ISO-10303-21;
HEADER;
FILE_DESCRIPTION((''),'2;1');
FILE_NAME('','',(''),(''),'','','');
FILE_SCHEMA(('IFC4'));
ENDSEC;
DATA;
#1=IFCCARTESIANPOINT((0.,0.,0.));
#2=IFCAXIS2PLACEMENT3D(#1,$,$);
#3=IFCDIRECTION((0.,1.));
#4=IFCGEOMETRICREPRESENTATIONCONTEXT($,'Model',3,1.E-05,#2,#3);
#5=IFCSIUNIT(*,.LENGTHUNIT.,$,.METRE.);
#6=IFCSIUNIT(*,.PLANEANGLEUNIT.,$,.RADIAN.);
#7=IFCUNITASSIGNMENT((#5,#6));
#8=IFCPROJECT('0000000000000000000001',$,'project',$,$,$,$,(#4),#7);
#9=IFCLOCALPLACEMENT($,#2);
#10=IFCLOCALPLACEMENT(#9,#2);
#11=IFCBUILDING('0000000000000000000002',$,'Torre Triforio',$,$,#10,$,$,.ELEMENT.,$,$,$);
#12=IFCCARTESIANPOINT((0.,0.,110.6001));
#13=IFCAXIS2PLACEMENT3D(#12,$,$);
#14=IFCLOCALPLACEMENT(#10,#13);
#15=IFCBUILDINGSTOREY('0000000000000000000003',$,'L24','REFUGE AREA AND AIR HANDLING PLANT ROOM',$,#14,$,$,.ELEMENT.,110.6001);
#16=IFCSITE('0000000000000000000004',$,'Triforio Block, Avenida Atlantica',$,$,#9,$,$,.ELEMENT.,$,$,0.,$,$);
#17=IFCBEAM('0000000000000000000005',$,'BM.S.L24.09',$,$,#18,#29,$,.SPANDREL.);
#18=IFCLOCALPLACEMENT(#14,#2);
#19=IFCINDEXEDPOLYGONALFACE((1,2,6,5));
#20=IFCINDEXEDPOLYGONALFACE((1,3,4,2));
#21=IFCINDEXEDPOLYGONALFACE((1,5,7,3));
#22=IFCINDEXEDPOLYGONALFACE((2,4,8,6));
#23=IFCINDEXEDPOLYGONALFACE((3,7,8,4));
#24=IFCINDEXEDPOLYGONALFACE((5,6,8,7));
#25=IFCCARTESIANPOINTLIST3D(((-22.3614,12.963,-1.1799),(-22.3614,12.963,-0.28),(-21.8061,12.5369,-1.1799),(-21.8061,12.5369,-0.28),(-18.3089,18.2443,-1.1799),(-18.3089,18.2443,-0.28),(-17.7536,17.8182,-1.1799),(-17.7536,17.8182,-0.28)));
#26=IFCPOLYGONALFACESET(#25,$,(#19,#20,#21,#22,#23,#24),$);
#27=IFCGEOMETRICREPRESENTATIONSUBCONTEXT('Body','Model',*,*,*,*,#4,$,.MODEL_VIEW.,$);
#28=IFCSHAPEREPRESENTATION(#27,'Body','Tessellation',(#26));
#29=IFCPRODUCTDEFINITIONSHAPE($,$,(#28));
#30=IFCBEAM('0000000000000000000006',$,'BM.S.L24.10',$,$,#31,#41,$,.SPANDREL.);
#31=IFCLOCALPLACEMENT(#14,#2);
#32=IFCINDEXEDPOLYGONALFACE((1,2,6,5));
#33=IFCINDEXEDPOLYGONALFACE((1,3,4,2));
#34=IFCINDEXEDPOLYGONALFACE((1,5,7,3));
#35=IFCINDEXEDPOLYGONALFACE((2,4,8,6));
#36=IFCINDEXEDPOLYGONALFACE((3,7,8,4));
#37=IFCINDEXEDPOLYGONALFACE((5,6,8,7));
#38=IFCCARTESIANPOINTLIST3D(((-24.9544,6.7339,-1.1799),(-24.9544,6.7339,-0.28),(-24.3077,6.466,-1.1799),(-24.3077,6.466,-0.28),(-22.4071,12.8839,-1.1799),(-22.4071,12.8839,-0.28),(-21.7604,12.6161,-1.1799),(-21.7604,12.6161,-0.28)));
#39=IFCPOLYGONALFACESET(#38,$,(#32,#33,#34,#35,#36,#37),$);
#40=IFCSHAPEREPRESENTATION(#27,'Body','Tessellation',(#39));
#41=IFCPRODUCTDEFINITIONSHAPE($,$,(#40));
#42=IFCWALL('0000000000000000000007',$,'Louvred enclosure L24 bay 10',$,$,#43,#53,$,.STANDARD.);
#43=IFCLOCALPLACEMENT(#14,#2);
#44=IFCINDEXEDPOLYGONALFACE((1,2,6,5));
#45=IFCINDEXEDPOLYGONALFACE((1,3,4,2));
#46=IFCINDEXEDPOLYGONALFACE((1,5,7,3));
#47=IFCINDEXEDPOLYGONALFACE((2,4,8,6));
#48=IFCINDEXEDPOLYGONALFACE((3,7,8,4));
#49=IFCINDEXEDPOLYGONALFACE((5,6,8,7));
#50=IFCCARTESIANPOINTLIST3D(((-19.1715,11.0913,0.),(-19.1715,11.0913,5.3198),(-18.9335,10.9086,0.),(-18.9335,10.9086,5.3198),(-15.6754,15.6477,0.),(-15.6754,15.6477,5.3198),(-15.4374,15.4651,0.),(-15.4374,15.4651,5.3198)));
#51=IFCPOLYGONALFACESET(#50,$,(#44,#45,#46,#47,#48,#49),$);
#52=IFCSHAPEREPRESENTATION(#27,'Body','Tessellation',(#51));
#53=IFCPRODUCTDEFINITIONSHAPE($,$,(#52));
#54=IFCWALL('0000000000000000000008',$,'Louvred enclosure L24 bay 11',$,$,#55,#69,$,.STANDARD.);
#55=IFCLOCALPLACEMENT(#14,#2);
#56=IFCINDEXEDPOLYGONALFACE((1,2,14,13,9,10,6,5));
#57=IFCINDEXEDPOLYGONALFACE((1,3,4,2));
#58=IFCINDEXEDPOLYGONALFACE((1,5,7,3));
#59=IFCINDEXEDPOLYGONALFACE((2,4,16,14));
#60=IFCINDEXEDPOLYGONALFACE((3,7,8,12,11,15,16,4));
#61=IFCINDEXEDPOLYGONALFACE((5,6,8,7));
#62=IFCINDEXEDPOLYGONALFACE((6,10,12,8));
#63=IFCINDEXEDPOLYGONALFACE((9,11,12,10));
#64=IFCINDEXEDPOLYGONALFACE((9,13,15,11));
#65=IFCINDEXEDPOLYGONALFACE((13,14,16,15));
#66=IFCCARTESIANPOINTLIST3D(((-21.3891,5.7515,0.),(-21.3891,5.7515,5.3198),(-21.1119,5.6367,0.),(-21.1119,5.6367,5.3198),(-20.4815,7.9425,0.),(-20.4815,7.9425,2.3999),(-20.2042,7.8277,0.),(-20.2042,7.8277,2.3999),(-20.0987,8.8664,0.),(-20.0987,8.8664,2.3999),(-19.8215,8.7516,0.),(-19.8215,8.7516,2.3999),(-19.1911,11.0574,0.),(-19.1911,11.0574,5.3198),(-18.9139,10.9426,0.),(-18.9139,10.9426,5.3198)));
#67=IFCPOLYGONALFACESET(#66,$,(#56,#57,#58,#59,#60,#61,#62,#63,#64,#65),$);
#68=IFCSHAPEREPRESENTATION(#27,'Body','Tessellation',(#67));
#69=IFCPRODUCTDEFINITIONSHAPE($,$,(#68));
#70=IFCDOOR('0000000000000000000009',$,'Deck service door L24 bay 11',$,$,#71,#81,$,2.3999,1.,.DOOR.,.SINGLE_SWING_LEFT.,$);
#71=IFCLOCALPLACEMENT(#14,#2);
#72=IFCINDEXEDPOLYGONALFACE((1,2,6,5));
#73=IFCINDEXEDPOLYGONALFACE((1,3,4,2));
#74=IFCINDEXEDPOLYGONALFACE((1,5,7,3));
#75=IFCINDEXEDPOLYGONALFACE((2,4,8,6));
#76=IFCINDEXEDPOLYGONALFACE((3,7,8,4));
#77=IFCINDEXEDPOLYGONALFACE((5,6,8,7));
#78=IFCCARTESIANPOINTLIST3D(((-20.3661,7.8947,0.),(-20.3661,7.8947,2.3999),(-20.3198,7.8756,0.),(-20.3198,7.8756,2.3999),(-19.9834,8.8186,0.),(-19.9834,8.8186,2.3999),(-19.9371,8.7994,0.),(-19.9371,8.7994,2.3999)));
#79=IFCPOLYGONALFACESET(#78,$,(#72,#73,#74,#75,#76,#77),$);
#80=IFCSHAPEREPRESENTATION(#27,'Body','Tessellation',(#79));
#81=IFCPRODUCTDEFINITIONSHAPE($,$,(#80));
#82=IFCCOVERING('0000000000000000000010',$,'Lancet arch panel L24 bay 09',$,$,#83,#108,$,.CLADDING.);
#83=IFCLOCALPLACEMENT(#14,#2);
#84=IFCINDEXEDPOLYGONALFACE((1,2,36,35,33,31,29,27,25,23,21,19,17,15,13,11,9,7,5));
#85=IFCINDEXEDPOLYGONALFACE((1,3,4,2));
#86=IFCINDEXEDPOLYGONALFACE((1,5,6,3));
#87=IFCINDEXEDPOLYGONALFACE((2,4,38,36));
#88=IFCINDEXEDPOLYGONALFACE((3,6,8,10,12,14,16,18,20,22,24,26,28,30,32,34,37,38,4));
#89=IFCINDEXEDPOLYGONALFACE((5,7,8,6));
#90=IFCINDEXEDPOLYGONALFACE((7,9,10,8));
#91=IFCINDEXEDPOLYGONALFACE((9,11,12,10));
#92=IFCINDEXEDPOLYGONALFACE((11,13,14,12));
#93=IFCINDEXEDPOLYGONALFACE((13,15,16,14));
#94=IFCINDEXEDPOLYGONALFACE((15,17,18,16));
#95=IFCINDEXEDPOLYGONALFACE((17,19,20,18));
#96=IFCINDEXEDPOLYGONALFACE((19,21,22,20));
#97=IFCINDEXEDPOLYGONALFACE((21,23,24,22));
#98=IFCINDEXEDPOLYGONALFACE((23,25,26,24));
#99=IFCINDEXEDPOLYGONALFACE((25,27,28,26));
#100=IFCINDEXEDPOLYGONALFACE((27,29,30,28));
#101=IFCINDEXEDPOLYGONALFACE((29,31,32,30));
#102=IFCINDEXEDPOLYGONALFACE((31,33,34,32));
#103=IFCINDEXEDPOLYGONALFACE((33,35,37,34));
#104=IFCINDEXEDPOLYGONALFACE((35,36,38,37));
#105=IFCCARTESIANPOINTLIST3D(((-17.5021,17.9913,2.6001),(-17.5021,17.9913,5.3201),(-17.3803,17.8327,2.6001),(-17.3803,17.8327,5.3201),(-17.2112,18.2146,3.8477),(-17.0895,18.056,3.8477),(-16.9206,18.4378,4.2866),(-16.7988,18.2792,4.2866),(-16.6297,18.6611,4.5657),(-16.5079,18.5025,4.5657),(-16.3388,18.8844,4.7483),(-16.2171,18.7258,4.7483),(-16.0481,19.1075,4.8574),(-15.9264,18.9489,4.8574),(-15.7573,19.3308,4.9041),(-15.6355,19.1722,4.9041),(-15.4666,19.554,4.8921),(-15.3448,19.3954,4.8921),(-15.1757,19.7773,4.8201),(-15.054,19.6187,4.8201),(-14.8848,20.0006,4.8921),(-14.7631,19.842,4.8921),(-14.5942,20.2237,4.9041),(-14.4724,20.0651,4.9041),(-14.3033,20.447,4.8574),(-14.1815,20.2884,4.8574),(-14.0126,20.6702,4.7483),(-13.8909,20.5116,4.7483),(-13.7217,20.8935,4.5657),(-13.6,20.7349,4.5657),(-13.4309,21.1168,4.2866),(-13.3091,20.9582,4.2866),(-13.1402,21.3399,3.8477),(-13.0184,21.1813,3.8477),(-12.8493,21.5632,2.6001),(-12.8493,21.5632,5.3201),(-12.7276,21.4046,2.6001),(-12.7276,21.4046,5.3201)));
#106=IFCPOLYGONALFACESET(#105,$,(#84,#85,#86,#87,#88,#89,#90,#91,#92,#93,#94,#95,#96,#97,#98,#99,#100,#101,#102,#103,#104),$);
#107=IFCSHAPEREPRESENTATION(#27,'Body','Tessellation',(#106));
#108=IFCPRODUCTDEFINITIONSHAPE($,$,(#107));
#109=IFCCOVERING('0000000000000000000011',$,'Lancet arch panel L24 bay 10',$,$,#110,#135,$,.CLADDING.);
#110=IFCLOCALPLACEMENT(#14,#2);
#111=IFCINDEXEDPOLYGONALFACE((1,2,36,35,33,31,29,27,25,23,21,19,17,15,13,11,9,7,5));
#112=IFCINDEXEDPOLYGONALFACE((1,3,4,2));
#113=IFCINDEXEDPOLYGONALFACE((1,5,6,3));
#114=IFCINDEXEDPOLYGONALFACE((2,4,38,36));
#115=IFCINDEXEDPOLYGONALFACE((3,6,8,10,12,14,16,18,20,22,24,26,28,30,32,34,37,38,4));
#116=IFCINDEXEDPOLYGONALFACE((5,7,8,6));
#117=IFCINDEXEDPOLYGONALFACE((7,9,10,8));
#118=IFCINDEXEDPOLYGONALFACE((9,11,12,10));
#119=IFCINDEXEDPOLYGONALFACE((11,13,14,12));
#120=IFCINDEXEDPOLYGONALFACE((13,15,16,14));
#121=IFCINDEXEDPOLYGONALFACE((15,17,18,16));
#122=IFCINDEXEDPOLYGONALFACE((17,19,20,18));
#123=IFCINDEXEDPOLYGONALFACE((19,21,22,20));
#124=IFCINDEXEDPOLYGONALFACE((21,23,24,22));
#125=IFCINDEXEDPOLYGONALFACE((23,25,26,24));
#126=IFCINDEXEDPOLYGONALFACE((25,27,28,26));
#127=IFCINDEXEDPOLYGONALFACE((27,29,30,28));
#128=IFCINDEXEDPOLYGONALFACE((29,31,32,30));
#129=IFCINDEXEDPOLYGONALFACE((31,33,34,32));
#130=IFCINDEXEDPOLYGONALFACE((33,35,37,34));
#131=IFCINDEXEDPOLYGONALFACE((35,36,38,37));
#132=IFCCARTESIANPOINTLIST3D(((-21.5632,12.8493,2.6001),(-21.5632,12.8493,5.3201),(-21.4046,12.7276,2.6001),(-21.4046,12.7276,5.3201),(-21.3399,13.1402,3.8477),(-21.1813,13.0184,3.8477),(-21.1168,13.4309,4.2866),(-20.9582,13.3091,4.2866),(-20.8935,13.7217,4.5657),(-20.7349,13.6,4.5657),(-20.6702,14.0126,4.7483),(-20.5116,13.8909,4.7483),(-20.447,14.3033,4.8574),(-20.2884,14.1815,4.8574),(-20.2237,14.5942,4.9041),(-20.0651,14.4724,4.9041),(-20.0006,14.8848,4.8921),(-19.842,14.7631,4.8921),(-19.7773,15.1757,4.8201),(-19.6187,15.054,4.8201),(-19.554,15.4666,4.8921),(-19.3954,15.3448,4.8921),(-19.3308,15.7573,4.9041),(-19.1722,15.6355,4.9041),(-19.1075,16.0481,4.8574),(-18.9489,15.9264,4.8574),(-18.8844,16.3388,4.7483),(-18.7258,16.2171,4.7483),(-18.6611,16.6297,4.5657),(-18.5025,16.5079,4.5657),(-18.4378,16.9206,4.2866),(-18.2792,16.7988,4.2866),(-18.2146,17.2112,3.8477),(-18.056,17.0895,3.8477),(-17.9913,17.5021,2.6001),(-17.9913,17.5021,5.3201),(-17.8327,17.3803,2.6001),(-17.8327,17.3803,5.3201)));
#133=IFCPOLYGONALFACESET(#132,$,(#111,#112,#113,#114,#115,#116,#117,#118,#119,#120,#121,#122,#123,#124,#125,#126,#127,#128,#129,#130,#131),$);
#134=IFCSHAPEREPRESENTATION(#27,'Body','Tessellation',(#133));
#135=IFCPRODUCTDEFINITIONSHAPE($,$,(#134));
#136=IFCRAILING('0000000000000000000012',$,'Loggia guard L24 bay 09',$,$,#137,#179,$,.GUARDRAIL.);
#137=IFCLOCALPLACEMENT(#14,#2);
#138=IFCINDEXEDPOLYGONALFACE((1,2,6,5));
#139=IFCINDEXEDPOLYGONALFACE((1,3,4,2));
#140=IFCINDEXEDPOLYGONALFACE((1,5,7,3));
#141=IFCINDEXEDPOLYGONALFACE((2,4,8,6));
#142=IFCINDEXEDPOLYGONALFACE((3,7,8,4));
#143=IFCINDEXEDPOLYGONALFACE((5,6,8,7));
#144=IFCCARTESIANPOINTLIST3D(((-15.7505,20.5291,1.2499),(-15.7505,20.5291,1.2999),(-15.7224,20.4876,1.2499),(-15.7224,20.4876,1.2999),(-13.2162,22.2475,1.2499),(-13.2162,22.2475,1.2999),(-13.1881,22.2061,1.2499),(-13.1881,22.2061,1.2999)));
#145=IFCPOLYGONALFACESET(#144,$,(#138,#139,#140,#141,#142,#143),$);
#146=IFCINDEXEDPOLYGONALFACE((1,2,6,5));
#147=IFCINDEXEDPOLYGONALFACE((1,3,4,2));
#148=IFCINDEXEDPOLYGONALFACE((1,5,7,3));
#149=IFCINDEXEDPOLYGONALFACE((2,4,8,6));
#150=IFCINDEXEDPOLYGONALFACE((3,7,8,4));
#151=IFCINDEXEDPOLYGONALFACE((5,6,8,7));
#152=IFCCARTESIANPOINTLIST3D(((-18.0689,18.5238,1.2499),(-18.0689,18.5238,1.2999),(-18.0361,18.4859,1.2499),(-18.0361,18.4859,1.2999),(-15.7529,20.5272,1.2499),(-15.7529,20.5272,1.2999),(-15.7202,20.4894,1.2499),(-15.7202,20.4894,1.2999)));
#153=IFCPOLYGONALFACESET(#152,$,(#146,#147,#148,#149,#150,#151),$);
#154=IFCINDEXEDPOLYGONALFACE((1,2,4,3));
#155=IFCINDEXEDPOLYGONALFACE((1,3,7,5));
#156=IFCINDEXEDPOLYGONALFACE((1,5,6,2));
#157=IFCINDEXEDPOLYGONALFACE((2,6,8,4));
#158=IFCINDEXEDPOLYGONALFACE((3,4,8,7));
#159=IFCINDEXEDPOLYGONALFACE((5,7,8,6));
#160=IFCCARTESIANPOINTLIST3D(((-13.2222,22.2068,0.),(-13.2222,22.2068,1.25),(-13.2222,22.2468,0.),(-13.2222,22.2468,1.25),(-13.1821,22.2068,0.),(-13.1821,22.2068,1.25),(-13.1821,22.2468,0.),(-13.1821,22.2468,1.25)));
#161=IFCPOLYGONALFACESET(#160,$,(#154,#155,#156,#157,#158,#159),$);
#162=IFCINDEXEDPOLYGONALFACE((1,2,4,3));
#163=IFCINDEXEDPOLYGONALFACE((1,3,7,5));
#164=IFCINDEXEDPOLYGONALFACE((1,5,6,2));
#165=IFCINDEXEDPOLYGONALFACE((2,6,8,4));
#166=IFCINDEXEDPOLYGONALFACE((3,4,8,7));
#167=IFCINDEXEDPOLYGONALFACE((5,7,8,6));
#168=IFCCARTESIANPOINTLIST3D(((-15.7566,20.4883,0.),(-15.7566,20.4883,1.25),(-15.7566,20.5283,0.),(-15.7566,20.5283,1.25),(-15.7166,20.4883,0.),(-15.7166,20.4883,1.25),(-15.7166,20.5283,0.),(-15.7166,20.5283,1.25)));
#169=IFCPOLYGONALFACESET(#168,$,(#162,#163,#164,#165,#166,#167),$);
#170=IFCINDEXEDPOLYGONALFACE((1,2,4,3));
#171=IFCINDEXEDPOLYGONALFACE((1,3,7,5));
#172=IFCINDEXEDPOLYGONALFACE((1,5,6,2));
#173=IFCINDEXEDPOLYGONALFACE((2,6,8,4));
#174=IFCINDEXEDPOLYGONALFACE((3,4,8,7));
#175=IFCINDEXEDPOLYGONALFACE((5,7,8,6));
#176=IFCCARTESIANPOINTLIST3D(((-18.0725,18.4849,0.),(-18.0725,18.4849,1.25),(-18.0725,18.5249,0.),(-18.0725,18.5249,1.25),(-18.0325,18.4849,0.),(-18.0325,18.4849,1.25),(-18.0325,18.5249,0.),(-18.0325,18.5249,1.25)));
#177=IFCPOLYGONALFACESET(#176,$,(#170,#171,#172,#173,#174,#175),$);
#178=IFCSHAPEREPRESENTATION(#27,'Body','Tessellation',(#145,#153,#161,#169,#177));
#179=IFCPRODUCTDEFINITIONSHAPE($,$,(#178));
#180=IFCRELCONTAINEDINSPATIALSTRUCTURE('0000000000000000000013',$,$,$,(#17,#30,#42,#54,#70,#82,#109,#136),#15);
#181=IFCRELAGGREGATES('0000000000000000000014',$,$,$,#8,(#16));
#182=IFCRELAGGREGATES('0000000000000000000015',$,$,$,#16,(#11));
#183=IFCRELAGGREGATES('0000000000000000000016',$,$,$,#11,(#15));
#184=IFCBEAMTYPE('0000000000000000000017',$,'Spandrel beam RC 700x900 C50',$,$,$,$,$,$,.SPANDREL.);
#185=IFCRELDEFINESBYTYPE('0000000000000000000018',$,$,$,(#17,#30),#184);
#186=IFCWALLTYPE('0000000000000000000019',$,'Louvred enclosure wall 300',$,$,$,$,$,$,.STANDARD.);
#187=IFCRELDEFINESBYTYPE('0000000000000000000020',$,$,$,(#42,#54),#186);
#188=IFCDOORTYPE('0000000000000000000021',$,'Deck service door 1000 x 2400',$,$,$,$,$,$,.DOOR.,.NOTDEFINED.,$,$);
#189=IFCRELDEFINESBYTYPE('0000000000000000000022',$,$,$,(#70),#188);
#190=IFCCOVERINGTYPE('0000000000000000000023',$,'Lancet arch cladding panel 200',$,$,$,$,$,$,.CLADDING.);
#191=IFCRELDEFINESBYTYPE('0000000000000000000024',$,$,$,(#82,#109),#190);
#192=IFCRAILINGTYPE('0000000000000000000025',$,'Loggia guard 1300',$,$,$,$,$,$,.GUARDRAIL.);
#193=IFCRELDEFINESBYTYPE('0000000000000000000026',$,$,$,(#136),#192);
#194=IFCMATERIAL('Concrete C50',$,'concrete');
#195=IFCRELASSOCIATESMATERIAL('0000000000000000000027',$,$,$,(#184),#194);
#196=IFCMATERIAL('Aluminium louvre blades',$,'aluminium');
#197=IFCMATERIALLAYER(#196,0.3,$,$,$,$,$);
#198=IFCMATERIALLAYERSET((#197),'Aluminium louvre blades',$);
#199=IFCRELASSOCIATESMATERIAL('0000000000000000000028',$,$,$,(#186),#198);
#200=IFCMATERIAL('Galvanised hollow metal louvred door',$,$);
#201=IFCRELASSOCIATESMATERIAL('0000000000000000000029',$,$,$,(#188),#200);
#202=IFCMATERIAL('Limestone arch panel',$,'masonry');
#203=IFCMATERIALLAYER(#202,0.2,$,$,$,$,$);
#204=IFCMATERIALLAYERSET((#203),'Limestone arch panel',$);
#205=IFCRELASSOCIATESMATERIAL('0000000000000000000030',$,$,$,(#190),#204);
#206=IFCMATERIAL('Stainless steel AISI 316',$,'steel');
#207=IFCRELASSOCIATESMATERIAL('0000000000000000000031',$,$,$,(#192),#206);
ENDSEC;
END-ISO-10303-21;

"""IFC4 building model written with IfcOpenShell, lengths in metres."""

from ifc_helpers import new_model, si_unit, direction, frame, frame_2d, origin, origin_2d, place, context, subcontext, project, spatial, polyline, rectangle, outline, extrude, material, layer, layer_set, material_profile, profile_set, type_object, element, fill, save


model = new_model("IFC4")

# Units and contexts
model_context = context("Model", 3, precision=1e-05, world=origin(), true_north=direction((0.0, 1.0)))
body_context = subcontext(model_context, "Body", "Model", "MODEL_VIEW")
ifc_project = project(units=[si_unit("LENGTHUNIT", "METRE"), si_unit("PLANEANGLEUNIT", "RADIAN")], contexts=[model_context])

# Site, building, storey
site_placement = place(None, origin())
site = spatial("IfcSite", under=ifc_project, at=site_placement, Name="Triforio Block, Avenida Atlantica", CompositionType="ELEMENT", RefElevation=0.0)
building_placement = place(site_placement, origin())
building = spatial("IfcBuilding", under=site, at=building_placement, Name="Torre Triforio", CompositionType="ELEMENT")
storey_placement = place(building_placement, frame((0.0, 0.0, 110.6001)))
storey = spatial("IfcBuildingStorey", under=building, at=storey_placement, Name="L24", Description="REFUGE AREA AND AIR HANDLING PLANT ROOM", CompositionType="ELEMENT", Elevation=110.6001)

# Beams
ifc_material_1 = material(Name="Concrete C50", Category="concrete")
ifc_material_profile_1 = material_profile(ifc_material_1, rectangle(XDim=0.7, YDim=0.8999, at=origin_2d()), Name="RC 700x900")
ifc_profile_set_1 = profile_set([ifc_material_profile_1], Name="Concrete C50")
beam_type = type_object("IfcBeamType", Name="Spandrel beam RC 700x900 C50", PredefinedType="SPANDREL", material=ifc_profile_set_1)
beam_1_placement = place(storey_placement, frame((-18.0312, 18.0312, -0.73), z_axis=(-0.608766, -0.79335, 0.0), x_axis=(0.79335, -0.608766, 0.0)))
element("IfcBeam", 1, at=beam_1_placement, inside=storey, type_object=beam_type, Name="BM.S.L24.09", PredefinedType="SPANDREL", context=body_context, shape_type="SweptSolid", body=[
    extrude(rectangle(XDim=0.7, YDim=0.8999, at=origin_2d()), origin(), (0.0, 0.0, 1.0), 6.657),
])
beam_2_placement = place(storey_placement, frame((-22.0837, 12.75, -0.73), z_axis=(-0.382669, -0.923885, 0.0), x_axis=(0.923885, -0.382669, 0.0)))
element("IfcBeam", 2, at=beam_2_placement, inside=storey, type_object=beam_type, Name="BM.S.L24.10", PredefinedType="SPANDREL", context=body_context, shape_type="SweptSolid", body=[
    extrude(rectangle(XDim=0.7, YDim=0.8999, at=origin_2d()), origin(), (0.0, 0.0, 1.0), 6.6567),
])

# Wall
ifc_material_2 = material(Name="Aluminium louvre blades", Category="aluminium")
ifc_layer_1 = layer(ifc_material_2, 0.3)
ifc_layer_set_1 = layer_set([ifc_layer_1], Name="Aluminium louvre blades")
wall_type = type_object("IfcWallType", Name="Louvred enclosure wall 300", PredefinedType="STANDARD", material=ifc_layer_set_1)
wall_1_placement = place(storey_placement, frame((-15.5564, 15.5564, 0.0), z_axis=(0.0, 0.0, 1.0), x_axis=(-0.608745, -0.793366, 0.0)))
element("IfcWall", 3, at=wall_1_placement, inside=storey, type_object=wall_type, Name="Louvred enclosure L24 bay 10", PredefinedType="STANDARD", context=body_context, shape_type="SweptSolid", body=[
    extrude(rectangle(XDim=5.7432, YDim=0.3, at=frame_2d((2.8716, 0.0))), origin(), (0.0, 0.0, 1.0), 5.3198),
])

# Wall, opening, door
wall_2_placement = place(storey_placement, frame((-19.0525, 11.0, 0.0), z_axis=(0.0, 0.0, 1.0), x_axis=(-0.382716, -0.923866, 0.0)))
wall_2 = element("IfcWall", 4, at=wall_2_placement, inside=storey, type_object=wall_type, Name="Louvred enclosure L24 bay 11", PredefinedType="STANDARD", context=body_context, shape_type="SweptSolid", body=[
    extrude(rectangle(XDim=5.7432, YDim=0.3, at=frame_2d((2.8716, 0.0))), origin(), (0.0, 0.0, 1.0), 5.3198),
])
opening_placement = place(wall_2_placement, frame((2.3716, 0.0, 0.0)))
opening = element("IfcOpeningElement", 5, at=opening_placement, cuts=wall_2, PredefinedType="OPENING", context=body_context, shape_type="SweptSolid", body=[
    extrude(rectangle(XDim=1.0, YDim=2.3999, at=frame_2d((0.5, 1.2))), frame((0.0, 0.1599, 0.0), z_axis=(0.0, -1.0, 0.0), x_axis=(1.0, 0.0, 0.0)), (0.0, 0.0, 1.0), 0.3201),
])
ifc_material_3 = material(Name="Galvanised hollow metal louvred door")
door_type = type_object("IfcDoorType", Name="Deck service door 1000 x 2400", OperationType="NOTDEFINED", PredefinedType="DOOR", material=ifc_material_3)
door_placement = place(opening_placement, origin())
door = element("IfcDoor", 6, at=door_placement, inside=storey, type_object=door_type, Name="Deck service door L24 bay 11", OperationType="SINGLE_SWING_LEFT", OverallHeight=2.3999, OverallWidth=1.0, PredefinedType="DOOR", context=body_context, shape_type="SweptSolid", body=[
    extrude(rectangle(XDim=1.0, YDim=2.3999, at=frame_2d((0.5, 1.2))), frame((0.0, 0.0249, 0.0), z_axis=(0.0, -1.0, 0.0), x_axis=(1.0, 0.0, 0.0)), (0.0, 0.0, 1.0), 0.05),
])
fill(opening, door)

# Coverings
ifc_material_4 = material(Name="Limestone arch panel", Category="masonry")
ifc_layer_2 = layer(ifc_material_4, 0.2)
ifc_layer_set_2 = layer_set([ifc_layer_2], Name="Limestone arch panel")
covering_type_1 = type_object("IfcCoveringType", Name="Lancet arch cladding panel 200", PredefinedType="CLADDING", material=ifc_layer_set_2)
for number, where, z_axis, x_axis, name in (
    (7, (-15.054, 19.6187, 0.0), (-0.608944, 0.793213, 0.0), (-0.793213, -0.608944, 0.0), "Lancet arch panel L24 bay 09"),
    (8, (-19.6187, 15.054, 0.0), (-0.793213, 0.608944, 0.0), (-0.608944, -0.793213, 0.0), "Lancet arch panel L24 bay 10"),
):
    element("IfcCovering", number, at=place(storey_placement, frame(where, z_axis=z_axis, x_axis=x_axis)), inside=storey, type_object=covering_type_1, Name=name, PredefinedType="CLADDING", context=body_context, shape_type="SweptSolid", body=[
        extrude(outline(polyline([(-2.9329, 5.3201), (-2.9329, 2.6001), (-2.5662, 3.8477), (-2.1997, 4.2866), (-1.833, 4.5657), (-1.4663, 4.7483), (-1.0999, 4.8574), (-0.7332, 4.9041), (-0.3667, 4.8921), (0.0, 4.8201), (0.3667, 4.8921), (0.7332, 4.9041), (1.0999, 4.8574), (1.4663, 4.7483), (1.833, 4.5657), (2.1997, 4.2866), (2.5662, 3.8477), (2.9329, 2.6001), (2.9329, 5.3201), (-2.9329, 5.3201)])), origin(), (0.0, 0.0, 1.0), 0.2),
    ])

# Railing
ifc_material_5 = material(Name="Stainless steel AISI 316", Category="steel")
railing_type = type_object("IfcRailingType", Name="Loggia guard 1300", PredefinedType="GUARDRAIL", material=ifc_material_5)
railing_1_placement = place(storey_placement, frame((-13.2021, 22.2268, 0.0)))
element("IfcRailing", 9, at=railing_1_placement, inside=storey, type_object=railing_type, Name="Loggia guard L24 bay 09", PredefinedType="GUARDRAIL", context=body_context, shape_type="SweptSolid", body=[
    extrude(rectangle(XDim=0.05, YDim=0.05, at=origin_2d()), frame((0.0, 0.0, 1.2749), z_axis=(-0.82767, -0.561215, 0.0), x_axis=(0.561215, -0.82767, 0.0)), (0.0, 0.0, 1.0), 3.062),
    extrude(rectangle(XDim=0.05, YDim=0.05, at=origin_2d()), frame((-2.5344, -1.7185, 1.2749), z_axis=(-0.756289, -0.654238, 0.0), x_axis=(0.654238, -0.756289, 0.0)), (0.0, 0.0, 1.0), 3.0623),
    extrude(rectangle(XDim=0.04, YDim=0.04, at=origin_2d()), origin(), (0.0, 0.0, 1.0), 1.25),
    extrude(rectangle(XDim=0.04, YDim=0.04, at=origin_2d()), frame((-2.5344, -1.7185, 0.0)), (0.0, 0.0, 1.0), 1.25),
    extrude(rectangle(XDim=0.04, YDim=0.04, at=origin_2d()), frame((-4.8503, -3.7219, 0.0)), (0.0, 0.0, 1.0), 1.25),
])

save(model, "model.ifc")
